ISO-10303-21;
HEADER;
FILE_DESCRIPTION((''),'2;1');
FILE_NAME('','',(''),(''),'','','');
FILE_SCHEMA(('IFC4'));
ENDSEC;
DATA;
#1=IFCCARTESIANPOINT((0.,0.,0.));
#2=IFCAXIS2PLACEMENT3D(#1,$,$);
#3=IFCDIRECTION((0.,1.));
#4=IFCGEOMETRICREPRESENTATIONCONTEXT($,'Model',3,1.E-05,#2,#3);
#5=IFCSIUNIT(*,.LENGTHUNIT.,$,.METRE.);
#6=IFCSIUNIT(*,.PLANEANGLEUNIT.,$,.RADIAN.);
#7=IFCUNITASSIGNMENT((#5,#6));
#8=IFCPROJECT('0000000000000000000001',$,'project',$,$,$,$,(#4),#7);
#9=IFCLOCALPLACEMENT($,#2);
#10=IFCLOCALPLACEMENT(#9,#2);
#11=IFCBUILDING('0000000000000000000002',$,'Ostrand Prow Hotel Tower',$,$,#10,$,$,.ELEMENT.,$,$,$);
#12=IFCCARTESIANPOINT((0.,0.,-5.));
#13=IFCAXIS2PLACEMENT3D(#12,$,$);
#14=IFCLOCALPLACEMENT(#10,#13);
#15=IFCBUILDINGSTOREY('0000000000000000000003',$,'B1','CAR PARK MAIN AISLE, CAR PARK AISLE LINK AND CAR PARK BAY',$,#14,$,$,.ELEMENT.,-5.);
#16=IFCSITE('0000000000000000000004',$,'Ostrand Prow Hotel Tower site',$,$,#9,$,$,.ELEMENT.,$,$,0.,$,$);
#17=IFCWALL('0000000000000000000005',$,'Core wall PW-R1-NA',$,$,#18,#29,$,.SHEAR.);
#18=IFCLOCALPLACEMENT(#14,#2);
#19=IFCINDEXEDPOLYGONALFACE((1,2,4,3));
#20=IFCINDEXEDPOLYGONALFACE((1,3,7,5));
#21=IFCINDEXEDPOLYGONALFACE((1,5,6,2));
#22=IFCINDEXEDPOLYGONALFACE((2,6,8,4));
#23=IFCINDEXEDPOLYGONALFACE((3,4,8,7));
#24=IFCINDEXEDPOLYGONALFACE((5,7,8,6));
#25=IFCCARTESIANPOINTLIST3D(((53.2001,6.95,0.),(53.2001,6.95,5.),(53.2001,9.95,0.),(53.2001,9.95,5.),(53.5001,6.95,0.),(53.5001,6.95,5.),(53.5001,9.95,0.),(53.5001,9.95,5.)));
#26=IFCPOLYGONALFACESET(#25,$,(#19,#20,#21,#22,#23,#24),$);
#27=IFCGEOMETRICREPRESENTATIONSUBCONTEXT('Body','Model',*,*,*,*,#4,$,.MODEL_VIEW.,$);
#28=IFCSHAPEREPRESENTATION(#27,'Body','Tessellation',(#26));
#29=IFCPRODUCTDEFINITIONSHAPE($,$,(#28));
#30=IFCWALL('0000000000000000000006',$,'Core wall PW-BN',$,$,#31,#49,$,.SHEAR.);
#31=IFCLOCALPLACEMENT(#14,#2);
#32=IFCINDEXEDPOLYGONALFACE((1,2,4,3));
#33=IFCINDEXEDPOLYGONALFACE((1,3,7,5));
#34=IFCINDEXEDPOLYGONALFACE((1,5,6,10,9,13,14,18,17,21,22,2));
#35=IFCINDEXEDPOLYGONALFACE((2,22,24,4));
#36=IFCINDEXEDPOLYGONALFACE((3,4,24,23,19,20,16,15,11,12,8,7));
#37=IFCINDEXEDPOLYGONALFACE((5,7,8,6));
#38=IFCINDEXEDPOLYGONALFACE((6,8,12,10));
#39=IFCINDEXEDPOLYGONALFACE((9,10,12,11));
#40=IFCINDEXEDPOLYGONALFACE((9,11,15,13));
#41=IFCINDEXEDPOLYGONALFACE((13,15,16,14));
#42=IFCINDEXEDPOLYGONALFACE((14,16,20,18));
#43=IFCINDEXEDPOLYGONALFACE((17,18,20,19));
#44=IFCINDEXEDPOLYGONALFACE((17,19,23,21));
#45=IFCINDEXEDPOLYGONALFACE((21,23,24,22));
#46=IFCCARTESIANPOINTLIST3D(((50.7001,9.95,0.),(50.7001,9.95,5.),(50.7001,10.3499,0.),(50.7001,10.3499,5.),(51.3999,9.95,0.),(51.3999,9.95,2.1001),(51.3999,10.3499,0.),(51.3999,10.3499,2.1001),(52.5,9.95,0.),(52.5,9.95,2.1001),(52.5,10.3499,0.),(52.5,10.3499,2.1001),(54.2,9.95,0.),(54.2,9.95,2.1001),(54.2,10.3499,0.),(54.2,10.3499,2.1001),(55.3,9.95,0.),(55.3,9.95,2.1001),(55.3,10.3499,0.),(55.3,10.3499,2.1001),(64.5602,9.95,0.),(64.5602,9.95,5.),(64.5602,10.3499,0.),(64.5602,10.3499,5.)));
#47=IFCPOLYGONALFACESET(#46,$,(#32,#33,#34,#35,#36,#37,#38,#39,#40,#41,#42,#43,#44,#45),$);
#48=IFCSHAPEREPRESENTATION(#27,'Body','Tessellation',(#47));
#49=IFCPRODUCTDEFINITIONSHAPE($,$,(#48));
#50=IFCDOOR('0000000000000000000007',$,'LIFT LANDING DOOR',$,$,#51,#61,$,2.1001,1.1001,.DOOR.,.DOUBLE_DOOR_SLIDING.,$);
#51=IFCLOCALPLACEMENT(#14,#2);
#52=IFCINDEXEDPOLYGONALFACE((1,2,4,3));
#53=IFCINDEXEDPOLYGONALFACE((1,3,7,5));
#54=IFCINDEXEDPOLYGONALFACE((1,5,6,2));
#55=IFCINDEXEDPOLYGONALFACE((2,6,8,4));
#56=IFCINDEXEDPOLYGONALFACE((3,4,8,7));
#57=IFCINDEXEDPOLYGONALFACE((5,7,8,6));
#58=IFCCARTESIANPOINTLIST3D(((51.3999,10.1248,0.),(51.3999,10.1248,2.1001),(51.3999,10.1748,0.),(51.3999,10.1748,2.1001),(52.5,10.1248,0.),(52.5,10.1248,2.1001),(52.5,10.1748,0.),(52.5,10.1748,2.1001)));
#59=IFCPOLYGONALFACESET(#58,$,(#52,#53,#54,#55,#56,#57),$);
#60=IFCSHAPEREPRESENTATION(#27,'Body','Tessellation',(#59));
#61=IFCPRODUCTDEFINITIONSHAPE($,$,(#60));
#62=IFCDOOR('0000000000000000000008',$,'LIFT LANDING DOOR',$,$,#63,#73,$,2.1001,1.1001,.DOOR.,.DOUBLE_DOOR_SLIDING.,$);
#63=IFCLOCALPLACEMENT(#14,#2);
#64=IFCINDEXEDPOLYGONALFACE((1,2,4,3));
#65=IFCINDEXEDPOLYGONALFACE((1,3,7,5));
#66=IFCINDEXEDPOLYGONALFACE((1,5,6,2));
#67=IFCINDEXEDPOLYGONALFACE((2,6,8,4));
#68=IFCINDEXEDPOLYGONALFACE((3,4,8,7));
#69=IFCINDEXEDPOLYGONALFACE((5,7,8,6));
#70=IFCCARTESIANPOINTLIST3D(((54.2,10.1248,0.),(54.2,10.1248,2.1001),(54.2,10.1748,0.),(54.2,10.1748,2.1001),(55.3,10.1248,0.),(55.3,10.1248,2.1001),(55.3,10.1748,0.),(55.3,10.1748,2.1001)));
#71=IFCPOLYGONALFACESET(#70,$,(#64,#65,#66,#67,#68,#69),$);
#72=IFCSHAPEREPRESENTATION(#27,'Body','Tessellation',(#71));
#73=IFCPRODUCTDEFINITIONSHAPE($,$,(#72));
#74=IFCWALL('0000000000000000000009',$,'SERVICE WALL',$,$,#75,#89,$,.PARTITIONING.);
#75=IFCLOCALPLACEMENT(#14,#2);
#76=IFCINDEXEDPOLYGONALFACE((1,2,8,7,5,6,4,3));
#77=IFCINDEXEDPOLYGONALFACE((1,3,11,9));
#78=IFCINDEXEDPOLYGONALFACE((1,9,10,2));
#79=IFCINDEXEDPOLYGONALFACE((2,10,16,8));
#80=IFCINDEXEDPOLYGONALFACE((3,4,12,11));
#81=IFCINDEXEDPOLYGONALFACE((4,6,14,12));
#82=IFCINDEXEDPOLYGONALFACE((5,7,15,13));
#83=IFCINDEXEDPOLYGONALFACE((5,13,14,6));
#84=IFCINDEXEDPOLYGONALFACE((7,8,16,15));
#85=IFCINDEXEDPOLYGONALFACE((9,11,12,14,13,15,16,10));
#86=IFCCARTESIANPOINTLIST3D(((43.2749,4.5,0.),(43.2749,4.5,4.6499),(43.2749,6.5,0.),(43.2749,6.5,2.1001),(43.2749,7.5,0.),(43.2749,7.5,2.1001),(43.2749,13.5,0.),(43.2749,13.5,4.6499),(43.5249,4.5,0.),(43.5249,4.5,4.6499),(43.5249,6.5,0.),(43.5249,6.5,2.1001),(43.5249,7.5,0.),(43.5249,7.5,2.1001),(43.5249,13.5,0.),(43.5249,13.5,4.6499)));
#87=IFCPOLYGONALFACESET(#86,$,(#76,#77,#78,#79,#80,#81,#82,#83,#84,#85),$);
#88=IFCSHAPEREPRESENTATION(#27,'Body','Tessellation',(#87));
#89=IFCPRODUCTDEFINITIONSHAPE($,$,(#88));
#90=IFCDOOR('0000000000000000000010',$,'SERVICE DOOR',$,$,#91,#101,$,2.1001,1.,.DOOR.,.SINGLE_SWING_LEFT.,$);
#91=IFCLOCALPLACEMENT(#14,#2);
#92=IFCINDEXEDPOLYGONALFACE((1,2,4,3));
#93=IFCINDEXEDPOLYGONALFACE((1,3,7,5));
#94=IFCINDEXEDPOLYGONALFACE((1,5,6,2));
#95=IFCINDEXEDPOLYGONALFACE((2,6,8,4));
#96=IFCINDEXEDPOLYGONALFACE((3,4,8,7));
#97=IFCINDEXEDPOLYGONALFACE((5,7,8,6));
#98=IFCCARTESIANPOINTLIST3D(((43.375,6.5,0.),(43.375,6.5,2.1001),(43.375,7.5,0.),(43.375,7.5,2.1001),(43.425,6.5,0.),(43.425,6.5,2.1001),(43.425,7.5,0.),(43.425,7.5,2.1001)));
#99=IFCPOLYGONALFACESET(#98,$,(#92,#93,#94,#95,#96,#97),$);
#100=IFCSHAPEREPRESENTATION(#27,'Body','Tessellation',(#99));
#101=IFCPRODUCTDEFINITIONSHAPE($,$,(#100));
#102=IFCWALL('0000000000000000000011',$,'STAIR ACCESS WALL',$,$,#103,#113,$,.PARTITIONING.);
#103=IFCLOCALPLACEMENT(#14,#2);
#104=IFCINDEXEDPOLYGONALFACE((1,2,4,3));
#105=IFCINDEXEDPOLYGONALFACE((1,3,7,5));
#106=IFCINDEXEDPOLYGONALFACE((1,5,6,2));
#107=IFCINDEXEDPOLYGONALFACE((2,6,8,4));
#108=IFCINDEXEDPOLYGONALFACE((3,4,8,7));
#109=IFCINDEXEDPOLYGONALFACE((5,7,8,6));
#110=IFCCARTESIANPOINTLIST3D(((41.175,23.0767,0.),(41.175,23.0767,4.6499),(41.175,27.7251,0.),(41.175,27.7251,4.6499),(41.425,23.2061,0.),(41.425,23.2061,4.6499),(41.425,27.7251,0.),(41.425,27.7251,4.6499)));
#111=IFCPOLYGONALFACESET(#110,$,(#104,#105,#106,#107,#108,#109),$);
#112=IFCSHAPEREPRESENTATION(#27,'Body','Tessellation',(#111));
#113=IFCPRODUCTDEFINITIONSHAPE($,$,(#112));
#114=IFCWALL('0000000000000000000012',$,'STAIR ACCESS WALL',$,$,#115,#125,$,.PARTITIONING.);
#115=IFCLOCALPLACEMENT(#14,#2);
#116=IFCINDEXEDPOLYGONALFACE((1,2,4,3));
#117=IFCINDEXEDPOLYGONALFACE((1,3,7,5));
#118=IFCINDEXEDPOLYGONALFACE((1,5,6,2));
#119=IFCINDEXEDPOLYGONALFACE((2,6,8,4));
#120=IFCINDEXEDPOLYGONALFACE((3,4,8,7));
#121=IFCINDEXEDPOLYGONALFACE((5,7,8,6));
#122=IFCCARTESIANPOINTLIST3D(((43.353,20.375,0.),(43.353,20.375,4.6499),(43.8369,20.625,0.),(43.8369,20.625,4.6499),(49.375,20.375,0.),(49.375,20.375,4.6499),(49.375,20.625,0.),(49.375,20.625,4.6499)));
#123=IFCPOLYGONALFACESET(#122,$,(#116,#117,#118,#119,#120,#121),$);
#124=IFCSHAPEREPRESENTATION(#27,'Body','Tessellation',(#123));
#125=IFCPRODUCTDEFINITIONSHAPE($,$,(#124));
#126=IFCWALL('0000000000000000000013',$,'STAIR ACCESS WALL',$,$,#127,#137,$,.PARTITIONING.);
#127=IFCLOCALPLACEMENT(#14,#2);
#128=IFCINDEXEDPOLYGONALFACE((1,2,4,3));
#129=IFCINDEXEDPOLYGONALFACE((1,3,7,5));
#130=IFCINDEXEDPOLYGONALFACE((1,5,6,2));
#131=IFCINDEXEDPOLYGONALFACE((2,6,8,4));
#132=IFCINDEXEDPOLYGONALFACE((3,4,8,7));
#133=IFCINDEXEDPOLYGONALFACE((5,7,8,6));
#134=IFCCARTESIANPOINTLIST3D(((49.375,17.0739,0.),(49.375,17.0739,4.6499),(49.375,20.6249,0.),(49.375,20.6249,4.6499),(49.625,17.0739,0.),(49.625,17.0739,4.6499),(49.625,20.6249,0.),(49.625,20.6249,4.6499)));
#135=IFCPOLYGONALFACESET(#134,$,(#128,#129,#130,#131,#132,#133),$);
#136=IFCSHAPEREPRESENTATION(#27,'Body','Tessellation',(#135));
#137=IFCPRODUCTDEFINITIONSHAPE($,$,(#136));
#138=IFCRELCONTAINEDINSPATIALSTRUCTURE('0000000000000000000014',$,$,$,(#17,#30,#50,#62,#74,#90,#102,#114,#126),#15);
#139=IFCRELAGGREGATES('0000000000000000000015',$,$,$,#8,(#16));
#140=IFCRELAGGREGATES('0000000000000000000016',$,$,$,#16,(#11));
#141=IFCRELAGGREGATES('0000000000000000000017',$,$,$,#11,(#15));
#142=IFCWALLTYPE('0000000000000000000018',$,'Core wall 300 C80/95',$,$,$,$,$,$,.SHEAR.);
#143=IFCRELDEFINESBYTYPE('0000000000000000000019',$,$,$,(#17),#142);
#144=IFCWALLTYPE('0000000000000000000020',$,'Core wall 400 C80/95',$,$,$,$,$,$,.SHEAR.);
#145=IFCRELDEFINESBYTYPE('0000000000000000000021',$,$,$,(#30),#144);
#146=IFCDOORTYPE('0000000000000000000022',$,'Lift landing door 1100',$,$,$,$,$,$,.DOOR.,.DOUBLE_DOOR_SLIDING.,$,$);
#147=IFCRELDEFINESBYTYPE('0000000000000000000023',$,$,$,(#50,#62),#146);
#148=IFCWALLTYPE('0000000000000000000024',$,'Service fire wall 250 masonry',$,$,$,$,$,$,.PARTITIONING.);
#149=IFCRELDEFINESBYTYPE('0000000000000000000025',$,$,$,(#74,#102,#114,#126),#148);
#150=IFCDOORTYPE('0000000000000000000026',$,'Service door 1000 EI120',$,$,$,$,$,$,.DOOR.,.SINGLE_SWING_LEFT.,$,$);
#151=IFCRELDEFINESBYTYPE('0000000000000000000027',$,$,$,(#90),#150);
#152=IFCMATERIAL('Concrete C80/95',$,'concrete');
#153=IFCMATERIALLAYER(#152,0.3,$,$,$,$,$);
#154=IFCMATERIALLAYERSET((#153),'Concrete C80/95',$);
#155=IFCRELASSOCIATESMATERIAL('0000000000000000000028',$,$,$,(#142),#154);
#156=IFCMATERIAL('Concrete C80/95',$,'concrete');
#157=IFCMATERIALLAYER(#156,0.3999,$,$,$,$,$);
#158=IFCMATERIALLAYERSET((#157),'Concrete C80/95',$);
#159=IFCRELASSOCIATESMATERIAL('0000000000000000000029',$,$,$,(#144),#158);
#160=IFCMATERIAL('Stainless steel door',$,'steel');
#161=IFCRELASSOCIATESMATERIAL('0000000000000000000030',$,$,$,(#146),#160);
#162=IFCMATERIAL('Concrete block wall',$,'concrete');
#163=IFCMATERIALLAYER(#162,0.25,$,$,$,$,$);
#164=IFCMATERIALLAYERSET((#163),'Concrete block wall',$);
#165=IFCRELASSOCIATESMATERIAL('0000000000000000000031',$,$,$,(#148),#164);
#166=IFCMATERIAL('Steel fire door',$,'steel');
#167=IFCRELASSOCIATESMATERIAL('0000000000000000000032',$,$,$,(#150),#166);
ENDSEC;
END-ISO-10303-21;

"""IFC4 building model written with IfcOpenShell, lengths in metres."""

from ifc_helpers import new_model, si_unit, direction, frame, frame_2d, origin, place, context, subcontext, project, spatial, polyline, rectangle, outline, extrude, material, layer, layer_set, type_object, element, fill, save


model = new_model("IFC4")

# Units and contexts
model_context = context("Model", 3, precision=1e-05, world=origin(), true_north=direction((0.0, 1.0)))
body_context = subcontext(model_context, "Body", "Model", "MODEL_VIEW")
ifc_project = project(units=[si_unit("LENGTHUNIT", "METRE"), si_unit("PLANEANGLEUNIT", "RADIAN")], contexts=[model_context])

# Site, building, storey
site_placement = place(None, origin())
site = spatial("IfcSite", under=ifc_project, at=site_placement, Name="Ostrand Prow Hotel Tower site", CompositionType="ELEMENT", RefElevation=0.0)
building_placement = place(site_placement, origin())
building = spatial("IfcBuilding", under=site, at=building_placement, Name="Ostrand Prow Hotel Tower", CompositionType="ELEMENT")
storey_placement = place(building_placement, frame((0.0, 0.0, -5.0)))
storey = spatial("IfcBuildingStorey", under=building, at=storey_placement, Name="B1", Description="CAR PARK MAIN AISLE, CAR PARK AISLE LINK AND CAR PARK BAY", CompositionType="ELEMENT", Elevation=-5.0)

# Wall
ifc_material_1 = material(Name="Concrete C80/95", Category="concrete")
ifc_layer_1 = layer(ifc_material_1, 0.3)
ifc_layer_set_1 = layer_set([ifc_layer_1], Name="Concrete C80/95")
wall_type_1 = type_object("IfcWallType", Name="Core wall 300 C80/95", PredefinedType="SHEAR", material=ifc_layer_set_1)
for number, where, z_axis, x_axis, name in (
    (1, (53.3501, 6.95, 0.0), (0.0, 0.0, 1.0), (0.0, 1.0, 0.0), "Core wall PW-R1-NA"),
):
    element("IfcWall", number, at=place(storey_placement, frame(where, z_axis=z_axis, x_axis=x_axis)), inside=storey, type_object=wall_type_1, Name=name, PredefinedType="SHEAR", context=body_context, shape_type="SweptSolid", body=[
        extrude(rectangle(XDim=3.0, YDim=0.3, at=frame_2d((1.5, 0.0))), origin(), (0.0, 0.0, 1.0), 5.0),
    ])

# Wall, openings, doors
ifc_material_2 = material(Name="Concrete C80/95", Category="concrete")
ifc_layer_2 = layer(ifc_material_2, 0.3999)
ifc_layer_set_2 = layer_set([ifc_layer_2], Name="Concrete C80/95")
wall_type_2 = type_object("IfcWallType", Name="Core wall 400 C80/95", PredefinedType="SHEAR", material=ifc_layer_set_2)
wall_1_placement = place(storey_placement, frame((50.7, 10.1499, 0.0), z_axis=(0.0, 0.0, 1.0), x_axis=(1.0, 0.0, 0.0)))
wall_1 = element("IfcWall", 2, at=wall_1_placement, inside=storey, type_object=wall_type_2, Name="Core wall PW-BN", PredefinedType="SHEAR", context=body_context, shape_type="SweptSolid", body=[
    extrude(rectangle(XDim=13.8601, YDim=0.3999, at=frame_2d((6.9302, 0.0))), origin(), (0.0, 0.0, 1.0), 5.0),
])
opening_1_placement = place(wall_1_placement, frame((0.7, 0.0, 0.0)))
opening_1 = element("IfcOpeningElement", 3, at=opening_1_placement, cuts=wall_1, PredefinedType="OPENING", context=body_context, shape_type="SweptSolid", body=[
    extrude(rectangle(XDim=1.1001, YDim=2.1001, at=frame_2d((0.55, 1.05))), frame((0.0, 0.21, 0.0), z_axis=(0.0, -1.0, 0.0), x_axis=(1.0, 0.0, 0.0)), (0.0, 0.0, 1.0), 0.4199),
])
opening_2_placement = place(wall_1_placement, frame((3.5, 0.0, 0.0)))
opening_2 = element("IfcOpeningElement", 4, at=opening_2_placement, cuts=wall_1, PredefinedType="OPENING", context=body_context, shape_type="SweptSolid", body=[
    extrude(rectangle(XDim=1.1001, YDim=2.1001, at=frame_2d((0.55, 1.05))), frame((0.0, 0.21, 0.0), z_axis=(0.0, -1.0, 0.0), x_axis=(1.0, 0.0, 0.0)), (0.0, 0.0, 1.0), 0.4199),
])
ifc_material_3 = material(Name="Stainless steel door", Category="steel")
door_type_1 = type_object("IfcDoorType", Name="Lift landing door 1100", OperationType="DOUBLE_DOOR_SLIDING", PredefinedType="DOOR", material=ifc_material_3)
door_1_placement = place(opening_1_placement, origin())
door_1 = element("IfcDoor", 5, at=door_1_placement, inside=storey, type_object=door_type_1, Name="LIFT LANDING DOOR", OperationType="DOUBLE_DOOR_SLIDING", OverallHeight=2.1001, OverallWidth=1.1001, PredefinedType="DOOR", context=body_context, shape_type="SweptSolid", body=[
    extrude(rectangle(XDim=1.1001, YDim=2.1001, at=frame_2d((0.55, 1.05))), frame((0.0, 0.0249, 0.0), z_axis=(0.0, -1.0, 0.0), x_axis=(1.0, 0.0, 0.0)), (0.0, 0.0, 1.0), 0.05),
])
fill(opening_1, door_1)
door_2_placement = place(opening_2_placement, origin())
door_2 = element("IfcDoor", 6, at=door_2_placement, inside=storey, type_object=door_type_1, Name="LIFT LANDING DOOR", OperationType="DOUBLE_DOOR_SLIDING", OverallHeight=2.1001, OverallWidth=1.1001, PredefinedType="DOOR", context=body_context, shape_type="SweptSolid", body=[
    extrude(rectangle(XDim=1.1001, YDim=2.1001, at=frame_2d((0.55, 1.05))), frame((0.0, 0.0249, 0.0), z_axis=(0.0, -1.0, 0.0), x_axis=(1.0, 0.0, 0.0)), (0.0, 0.0, 1.0), 0.05),
])
fill(opening_2, door_2)

# Wall, opening, door
ifc_material_4 = material(Name="Concrete block wall", Category="concrete")
ifc_layer_3 = layer(ifc_material_4, 0.25)
ifc_layer_set_3 = layer_set([ifc_layer_3], Name="Concrete block wall")
wall_type_3 = type_object("IfcWallType", Name="Service fire wall 250 masonry", PredefinedType="PARTITIONING", material=ifc_layer_set_3)
wall_2_placement = place(storey_placement, frame((43.3999, 4.5, 0.0), z_axis=(0.0, 0.0, 1.0), x_axis=(0.0, 1.0, 0.0)))
wall_2 = element("IfcWall", 7, at=wall_2_placement, inside=storey, type_object=wall_type_3, Name="SERVICE WALL", PredefinedType="PARTITIONING", context=body_context, shape_type="SweptSolid", body=[
    extrude(rectangle(XDim=9.0, YDim=0.25, at=frame_2d((4.5, 0.0))), origin(), (0.0, 0.0, 1.0), 4.6499),
])
opening_3_placement = place(wall_2_placement, frame((2.0, 0.0, 0.0)))
opening_3 = element("IfcOpeningElement", 8, at=opening_3_placement, cuts=wall_2, PredefinedType="OPENING", context=body_context, shape_type="SweptSolid", body=[
    extrude(rectangle(XDim=1.0, YDim=2.1001, at=frame_2d((0.5, 1.05))), frame((0.0, 0.135, 0.0), z_axis=(0.0, -1.0, 0.0), x_axis=(1.0, 0.0, 0.0)), (0.0, 0.0, 1.0), 0.27),
])
ifc_material_5 = material(Name="Steel fire door", Category="steel")
door_type_2 = type_object("IfcDoorType", Name="Service door 1000 EI120", OperationType="SINGLE_SWING_LEFT", PredefinedType="DOOR", material=ifc_material_5)
door_3_placement = place(opening_3_placement, origin())
door_3 = element("IfcDoor", 9, at=door_3_placement, inside=storey, type_object=door_type_2, Name="SERVICE DOOR", OperationType="SINGLE_SWING_LEFT", OverallHeight=2.1001, OverallWidth=1.0, PredefinedType="DOOR", context=body_context, shape_type="SweptSolid", body=[
    extrude(rectangle(XDim=1.0, YDim=2.1001, at=frame_2d((0.5, 1.05))), frame((0.0, 0.0249, 0.0), z_axis=(0.0, -1.0, 0.0), x_axis=(1.0, 0.0, 0.0)), (0.0, 0.0, 1.0), 0.05),
])
fill(opening_3, door_3)

# Walls
wall_3_placement = place(storey_placement, frame((41.3, 23.1414, 0.0), z_axis=(0.0, 0.0, 1.0), x_axis=(0.0, 1.0, 0.0)))
element("IfcWall", 10, at=wall_3_placement, inside=storey, type_object=wall_type_3, Name="STAIR ACCESS WALL", PredefinedType="PARTITIONING", context=body_context, shape_type="SweptSolid", body=[
    extrude(outline(polyline([(0.0647, -0.125), (4.5837, -0.125), (4.5837, 0.125), (-0.0647, 0.125), (0.0647, -0.125)])), origin(), (0.0, 0.0, 1.0), 4.6499),
])
wall_4_placement = place(storey_placement, frame((43.595, 20.5, 0.0), z_axis=(0.0, 0.0, 1.0), x_axis=(1.0, 0.0, 0.0)))
element("IfcWall", 11, at=wall_4_placement, inside=storey, type_object=wall_type_3, Name="STAIR ACCESS WALL", PredefinedType="PARTITIONING", context=body_context, shape_type="SweptSolid", body=[
    extrude(outline(polyline([(-0.2419, -0.125), (5.78, -0.125), (5.78, 0.125), (0.2419, 0.125), (-0.2419, -0.125)])), origin(), (0.0, 0.0, 1.0), 4.6499),
])
wall_5_placement = place(storey_placement, frame((49.5, 17.074, 0.0), z_axis=(0.0, 0.0, 1.0), x_axis=(0.0, 1.0, 0.0)))
element("IfcWall", 12, at=wall_5_placement, inside=storey, type_object=wall_type_3, Name="STAIR ACCESS WALL", PredefinedType="PARTITIONING", context=body_context, shape_type="SweptSolid", body=[
    extrude(rectangle(XDim=3.551, YDim=0.25, at=frame_2d((1.7754, 0.0))), origin(), (0.0, 0.0, 1.0), 4.6499),
])

save(model, "model.ifc")
